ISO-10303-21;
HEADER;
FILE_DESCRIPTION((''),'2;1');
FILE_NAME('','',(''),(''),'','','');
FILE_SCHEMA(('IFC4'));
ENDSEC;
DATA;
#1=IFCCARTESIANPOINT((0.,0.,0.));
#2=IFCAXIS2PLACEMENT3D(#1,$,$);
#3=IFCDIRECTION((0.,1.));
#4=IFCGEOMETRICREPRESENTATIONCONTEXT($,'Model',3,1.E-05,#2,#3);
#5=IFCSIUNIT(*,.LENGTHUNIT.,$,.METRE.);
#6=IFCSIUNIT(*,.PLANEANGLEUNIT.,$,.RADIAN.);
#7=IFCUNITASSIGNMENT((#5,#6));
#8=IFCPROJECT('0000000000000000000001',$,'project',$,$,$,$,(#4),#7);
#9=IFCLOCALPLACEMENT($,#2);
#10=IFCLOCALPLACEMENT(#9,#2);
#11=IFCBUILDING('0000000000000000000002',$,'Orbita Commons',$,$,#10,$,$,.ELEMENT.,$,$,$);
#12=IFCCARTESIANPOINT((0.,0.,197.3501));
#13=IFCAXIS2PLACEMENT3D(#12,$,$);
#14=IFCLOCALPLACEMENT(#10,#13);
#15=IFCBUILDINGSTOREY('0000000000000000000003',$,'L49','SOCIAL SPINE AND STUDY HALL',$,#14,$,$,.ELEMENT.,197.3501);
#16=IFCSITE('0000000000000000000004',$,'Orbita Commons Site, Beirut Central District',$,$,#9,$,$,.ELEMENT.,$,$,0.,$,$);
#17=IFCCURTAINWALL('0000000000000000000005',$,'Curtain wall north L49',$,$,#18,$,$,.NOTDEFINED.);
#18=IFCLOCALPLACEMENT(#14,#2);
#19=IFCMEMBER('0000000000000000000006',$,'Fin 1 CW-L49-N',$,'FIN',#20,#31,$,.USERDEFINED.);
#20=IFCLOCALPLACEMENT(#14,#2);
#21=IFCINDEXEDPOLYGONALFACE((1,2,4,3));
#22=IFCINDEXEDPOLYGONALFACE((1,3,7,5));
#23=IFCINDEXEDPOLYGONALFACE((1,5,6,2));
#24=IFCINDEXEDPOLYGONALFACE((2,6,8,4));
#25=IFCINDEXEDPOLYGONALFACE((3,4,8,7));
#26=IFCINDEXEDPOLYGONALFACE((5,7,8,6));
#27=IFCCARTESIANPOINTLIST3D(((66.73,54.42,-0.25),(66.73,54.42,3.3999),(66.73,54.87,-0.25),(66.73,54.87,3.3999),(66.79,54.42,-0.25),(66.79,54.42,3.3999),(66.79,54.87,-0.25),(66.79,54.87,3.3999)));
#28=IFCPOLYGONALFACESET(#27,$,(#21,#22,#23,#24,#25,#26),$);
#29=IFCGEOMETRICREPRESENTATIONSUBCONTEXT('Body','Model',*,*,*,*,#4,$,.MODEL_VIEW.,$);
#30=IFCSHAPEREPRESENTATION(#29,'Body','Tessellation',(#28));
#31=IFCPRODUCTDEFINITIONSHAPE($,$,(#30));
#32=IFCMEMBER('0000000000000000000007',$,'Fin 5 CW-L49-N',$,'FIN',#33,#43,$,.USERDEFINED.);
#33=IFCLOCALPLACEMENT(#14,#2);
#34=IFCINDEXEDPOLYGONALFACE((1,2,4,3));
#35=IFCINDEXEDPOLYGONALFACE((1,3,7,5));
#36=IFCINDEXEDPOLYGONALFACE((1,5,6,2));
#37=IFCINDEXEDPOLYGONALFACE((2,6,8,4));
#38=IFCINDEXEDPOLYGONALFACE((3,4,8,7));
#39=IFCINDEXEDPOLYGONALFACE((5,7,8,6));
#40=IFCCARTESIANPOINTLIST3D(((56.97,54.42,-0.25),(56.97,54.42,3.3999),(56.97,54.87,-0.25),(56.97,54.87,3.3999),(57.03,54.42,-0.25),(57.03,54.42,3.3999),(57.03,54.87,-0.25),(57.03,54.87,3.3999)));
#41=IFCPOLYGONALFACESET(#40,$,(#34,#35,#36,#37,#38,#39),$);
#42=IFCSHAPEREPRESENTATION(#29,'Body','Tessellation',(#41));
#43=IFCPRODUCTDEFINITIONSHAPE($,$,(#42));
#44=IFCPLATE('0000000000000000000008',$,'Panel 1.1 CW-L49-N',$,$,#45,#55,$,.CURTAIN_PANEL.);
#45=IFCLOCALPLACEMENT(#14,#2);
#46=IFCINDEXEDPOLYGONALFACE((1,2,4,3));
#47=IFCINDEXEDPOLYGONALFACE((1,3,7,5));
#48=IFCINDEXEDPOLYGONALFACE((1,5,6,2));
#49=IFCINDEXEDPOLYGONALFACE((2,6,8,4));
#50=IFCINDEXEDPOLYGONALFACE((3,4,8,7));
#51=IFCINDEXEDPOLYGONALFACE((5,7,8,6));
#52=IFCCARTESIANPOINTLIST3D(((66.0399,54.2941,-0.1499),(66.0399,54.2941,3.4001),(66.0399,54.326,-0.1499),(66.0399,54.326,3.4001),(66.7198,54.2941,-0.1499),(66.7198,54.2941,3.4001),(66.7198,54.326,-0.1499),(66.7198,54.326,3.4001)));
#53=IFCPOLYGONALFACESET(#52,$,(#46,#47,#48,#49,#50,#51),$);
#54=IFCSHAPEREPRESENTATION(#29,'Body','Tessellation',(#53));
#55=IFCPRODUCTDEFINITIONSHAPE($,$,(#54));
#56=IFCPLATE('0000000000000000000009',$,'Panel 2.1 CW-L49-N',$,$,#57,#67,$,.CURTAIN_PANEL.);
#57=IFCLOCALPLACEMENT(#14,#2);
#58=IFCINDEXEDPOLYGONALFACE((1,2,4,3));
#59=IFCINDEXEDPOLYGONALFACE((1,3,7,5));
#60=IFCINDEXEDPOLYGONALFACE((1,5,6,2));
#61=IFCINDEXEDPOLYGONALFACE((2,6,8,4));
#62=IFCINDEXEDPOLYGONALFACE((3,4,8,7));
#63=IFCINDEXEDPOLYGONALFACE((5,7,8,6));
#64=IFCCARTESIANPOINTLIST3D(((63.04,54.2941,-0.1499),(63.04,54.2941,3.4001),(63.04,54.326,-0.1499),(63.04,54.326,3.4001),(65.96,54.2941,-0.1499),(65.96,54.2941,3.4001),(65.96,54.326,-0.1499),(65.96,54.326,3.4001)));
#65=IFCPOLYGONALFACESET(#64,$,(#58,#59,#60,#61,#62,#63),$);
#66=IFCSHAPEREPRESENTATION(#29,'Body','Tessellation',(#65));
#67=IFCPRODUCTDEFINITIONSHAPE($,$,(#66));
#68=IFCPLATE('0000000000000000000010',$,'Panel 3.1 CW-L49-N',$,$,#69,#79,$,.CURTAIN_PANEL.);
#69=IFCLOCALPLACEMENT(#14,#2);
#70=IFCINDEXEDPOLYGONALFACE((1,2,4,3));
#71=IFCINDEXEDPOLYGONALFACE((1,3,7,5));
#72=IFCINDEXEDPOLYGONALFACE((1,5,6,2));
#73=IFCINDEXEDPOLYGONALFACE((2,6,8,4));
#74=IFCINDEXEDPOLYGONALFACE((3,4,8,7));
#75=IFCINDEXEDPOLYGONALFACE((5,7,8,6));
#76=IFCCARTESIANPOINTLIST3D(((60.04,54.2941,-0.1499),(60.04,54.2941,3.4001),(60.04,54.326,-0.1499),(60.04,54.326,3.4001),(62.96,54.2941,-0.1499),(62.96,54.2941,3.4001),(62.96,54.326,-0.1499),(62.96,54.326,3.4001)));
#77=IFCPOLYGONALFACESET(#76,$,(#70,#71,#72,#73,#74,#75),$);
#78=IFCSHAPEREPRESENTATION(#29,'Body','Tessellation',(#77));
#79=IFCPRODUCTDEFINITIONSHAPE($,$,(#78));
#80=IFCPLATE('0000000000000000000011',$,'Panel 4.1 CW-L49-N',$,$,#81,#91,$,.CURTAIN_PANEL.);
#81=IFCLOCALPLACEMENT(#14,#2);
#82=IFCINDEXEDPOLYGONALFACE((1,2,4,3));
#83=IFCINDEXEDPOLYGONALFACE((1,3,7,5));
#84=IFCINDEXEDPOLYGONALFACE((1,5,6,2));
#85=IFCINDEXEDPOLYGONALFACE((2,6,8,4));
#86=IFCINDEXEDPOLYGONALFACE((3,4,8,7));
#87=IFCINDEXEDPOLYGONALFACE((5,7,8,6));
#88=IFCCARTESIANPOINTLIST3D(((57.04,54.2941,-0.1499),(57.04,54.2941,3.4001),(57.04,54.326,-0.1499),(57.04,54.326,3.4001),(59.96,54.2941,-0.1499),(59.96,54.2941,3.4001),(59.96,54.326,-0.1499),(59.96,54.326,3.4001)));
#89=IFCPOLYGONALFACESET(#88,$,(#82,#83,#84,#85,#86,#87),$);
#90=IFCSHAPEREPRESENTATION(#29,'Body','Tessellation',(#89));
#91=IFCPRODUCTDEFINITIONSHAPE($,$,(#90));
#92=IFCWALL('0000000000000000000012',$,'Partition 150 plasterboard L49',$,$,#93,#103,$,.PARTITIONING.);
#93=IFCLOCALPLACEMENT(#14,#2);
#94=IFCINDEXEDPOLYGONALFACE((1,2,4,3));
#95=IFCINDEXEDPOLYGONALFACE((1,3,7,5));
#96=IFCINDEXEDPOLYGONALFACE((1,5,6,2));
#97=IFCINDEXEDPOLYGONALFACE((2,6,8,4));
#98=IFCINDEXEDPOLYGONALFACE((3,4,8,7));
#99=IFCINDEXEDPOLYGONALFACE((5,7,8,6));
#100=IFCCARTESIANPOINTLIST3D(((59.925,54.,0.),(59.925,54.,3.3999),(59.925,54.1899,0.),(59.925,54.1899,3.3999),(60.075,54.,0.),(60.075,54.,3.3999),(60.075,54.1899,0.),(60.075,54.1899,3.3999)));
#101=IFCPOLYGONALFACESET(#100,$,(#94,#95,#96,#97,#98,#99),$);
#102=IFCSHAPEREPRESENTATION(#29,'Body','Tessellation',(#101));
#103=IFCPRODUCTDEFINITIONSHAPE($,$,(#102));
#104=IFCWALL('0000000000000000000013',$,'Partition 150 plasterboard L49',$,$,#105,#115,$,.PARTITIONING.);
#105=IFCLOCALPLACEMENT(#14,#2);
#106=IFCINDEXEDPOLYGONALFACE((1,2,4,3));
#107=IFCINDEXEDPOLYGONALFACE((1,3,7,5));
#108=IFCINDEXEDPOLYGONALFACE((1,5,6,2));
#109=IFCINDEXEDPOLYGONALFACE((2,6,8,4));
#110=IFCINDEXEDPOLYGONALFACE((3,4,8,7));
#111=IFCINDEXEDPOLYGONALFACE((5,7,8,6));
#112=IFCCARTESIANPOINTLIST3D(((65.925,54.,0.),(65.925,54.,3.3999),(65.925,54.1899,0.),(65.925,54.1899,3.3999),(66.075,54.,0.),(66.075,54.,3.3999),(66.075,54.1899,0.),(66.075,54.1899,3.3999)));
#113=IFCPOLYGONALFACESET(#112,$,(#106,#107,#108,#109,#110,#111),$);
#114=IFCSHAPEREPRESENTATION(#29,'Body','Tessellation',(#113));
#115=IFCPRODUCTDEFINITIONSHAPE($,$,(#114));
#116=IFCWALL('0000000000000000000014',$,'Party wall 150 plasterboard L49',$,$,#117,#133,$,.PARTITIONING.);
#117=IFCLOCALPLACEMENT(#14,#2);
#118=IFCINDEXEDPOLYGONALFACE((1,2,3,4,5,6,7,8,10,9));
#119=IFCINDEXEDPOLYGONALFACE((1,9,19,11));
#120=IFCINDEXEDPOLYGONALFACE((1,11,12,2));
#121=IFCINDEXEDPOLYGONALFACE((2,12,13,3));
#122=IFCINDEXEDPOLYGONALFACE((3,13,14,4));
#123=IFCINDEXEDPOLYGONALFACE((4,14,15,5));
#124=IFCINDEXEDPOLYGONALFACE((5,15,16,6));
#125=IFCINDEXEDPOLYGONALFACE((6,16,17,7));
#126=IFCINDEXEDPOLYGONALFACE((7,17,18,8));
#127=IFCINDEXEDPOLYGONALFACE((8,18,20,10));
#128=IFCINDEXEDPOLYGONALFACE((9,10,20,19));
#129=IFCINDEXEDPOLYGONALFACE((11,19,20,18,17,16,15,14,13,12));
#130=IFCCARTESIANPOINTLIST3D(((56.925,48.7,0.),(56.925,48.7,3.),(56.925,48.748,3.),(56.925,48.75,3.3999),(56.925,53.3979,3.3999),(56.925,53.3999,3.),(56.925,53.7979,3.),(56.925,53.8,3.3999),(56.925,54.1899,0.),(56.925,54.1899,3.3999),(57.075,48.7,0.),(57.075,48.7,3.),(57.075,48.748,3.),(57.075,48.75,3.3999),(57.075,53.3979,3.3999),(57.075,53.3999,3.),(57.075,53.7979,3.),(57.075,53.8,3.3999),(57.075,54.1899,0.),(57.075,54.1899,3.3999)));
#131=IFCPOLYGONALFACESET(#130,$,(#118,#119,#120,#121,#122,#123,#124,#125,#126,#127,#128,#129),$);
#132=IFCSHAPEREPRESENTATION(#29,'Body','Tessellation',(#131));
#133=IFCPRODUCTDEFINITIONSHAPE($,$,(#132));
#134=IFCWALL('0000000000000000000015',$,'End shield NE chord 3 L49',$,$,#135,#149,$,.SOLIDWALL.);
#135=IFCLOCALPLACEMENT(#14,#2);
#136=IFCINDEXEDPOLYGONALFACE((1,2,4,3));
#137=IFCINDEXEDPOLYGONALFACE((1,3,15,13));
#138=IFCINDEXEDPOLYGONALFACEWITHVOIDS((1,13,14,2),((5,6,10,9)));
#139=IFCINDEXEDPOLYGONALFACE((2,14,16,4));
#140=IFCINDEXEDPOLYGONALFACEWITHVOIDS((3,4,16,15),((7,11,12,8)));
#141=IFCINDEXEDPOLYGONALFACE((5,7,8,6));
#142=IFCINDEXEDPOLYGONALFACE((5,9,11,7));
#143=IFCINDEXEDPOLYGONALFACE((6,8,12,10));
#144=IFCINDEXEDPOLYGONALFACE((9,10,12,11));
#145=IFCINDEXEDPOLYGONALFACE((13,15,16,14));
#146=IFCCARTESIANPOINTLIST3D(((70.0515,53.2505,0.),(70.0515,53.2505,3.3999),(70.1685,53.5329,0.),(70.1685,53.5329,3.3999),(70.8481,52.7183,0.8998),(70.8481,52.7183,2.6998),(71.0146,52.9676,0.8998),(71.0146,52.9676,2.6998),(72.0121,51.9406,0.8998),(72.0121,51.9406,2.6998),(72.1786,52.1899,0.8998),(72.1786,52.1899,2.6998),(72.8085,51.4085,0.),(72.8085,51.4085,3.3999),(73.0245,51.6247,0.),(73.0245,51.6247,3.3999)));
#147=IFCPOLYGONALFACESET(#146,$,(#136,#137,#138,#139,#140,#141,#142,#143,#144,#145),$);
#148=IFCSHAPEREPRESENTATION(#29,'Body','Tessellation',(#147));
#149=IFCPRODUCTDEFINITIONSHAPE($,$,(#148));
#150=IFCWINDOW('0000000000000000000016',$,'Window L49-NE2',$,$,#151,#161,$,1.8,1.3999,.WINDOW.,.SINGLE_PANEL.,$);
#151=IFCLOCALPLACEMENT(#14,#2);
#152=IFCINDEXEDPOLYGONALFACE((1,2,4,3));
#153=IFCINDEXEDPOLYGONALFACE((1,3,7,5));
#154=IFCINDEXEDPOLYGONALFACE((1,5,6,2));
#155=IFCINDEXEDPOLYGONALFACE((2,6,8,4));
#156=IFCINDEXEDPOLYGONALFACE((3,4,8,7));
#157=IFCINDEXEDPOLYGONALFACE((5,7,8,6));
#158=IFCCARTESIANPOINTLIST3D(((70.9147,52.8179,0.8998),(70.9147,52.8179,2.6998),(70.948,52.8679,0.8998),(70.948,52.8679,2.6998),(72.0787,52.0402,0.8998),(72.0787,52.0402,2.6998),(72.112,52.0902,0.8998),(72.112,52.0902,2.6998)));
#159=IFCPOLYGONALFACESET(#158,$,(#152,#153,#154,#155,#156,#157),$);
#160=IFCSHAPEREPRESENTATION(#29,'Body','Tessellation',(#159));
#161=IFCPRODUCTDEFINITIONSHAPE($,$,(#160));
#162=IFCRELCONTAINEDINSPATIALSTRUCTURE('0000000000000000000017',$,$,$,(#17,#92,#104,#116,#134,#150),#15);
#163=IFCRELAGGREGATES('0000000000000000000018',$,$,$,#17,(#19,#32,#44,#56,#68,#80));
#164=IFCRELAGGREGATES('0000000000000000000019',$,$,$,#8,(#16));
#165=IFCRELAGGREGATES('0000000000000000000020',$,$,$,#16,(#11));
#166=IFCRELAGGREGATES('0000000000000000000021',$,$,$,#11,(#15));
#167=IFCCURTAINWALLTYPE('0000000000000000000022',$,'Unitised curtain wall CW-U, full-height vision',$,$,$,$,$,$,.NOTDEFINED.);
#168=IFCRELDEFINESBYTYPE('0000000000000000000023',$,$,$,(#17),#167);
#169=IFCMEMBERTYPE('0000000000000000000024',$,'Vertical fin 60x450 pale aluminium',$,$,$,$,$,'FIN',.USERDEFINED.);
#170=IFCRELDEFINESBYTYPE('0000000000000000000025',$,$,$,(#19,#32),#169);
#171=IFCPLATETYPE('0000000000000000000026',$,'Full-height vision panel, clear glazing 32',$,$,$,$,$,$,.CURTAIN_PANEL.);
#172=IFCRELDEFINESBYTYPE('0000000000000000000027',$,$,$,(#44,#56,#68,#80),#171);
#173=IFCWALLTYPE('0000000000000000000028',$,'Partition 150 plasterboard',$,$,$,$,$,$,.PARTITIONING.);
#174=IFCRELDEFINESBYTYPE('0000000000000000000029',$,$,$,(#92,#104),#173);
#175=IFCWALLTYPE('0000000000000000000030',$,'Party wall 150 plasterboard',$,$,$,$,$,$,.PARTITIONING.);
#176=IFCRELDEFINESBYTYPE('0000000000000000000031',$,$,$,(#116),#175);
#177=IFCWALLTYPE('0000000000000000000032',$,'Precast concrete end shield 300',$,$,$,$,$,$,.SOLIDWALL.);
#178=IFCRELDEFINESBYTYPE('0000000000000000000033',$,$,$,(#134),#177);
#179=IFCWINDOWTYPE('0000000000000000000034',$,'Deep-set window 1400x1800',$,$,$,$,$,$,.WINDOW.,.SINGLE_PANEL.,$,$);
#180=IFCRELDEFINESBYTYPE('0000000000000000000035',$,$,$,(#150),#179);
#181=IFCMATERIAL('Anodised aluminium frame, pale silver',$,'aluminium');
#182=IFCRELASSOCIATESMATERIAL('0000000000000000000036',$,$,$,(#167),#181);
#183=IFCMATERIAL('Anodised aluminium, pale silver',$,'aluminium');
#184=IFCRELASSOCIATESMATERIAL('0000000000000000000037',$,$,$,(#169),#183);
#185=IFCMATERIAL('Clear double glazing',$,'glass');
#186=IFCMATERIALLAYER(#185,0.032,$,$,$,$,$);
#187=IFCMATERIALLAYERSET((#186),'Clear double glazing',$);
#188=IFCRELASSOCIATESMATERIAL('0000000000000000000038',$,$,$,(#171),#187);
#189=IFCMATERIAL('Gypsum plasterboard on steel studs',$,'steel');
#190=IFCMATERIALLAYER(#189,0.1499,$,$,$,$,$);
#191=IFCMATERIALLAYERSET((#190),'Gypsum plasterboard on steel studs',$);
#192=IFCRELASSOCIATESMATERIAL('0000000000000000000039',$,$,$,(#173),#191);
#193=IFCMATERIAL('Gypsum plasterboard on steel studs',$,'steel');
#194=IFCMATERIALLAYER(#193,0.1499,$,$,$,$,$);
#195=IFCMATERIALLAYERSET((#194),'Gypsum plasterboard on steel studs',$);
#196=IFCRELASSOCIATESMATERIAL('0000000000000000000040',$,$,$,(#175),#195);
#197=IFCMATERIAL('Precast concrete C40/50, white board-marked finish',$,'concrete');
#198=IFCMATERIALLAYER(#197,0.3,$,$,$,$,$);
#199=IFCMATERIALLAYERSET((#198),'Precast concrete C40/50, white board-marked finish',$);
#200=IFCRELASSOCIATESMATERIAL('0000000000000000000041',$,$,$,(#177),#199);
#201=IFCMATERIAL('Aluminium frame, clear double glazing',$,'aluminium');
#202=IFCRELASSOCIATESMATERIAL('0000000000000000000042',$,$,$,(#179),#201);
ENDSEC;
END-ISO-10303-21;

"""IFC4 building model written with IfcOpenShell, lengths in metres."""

from ifc_helpers import new_model, si_unit, direction, frame, frame_2d, origin, origin_2d, place, context, subcontext, project, spatial, polyline, rectangle, outline, extrude, material, layer, layer_set, material_profile, profile_set, type_object, element, fill, aggregate, save


model = new_model("IFC4")

# Units and contexts
model_context = context("Model", 3, precision=1e-05, world=origin(), true_north=direction((0.0, 1.0)))
body_context = subcontext(model_context, "Body", "Model", "MODEL_VIEW")
ifc_project = project(units=[si_unit("LENGTHUNIT", "METRE"), si_unit("PLANEANGLEUNIT", "RADIAN")], contexts=[model_context])

# Site, building, storey
site_placement = place(None, origin())
site = spatial("IfcSite", under=ifc_project, at=site_placement, Name="Orbita Commons Site, Beirut Central District", CompositionType="ELEMENT", RefElevation=0.0)
building_placement = place(site_placement, origin())
building = spatial("IfcBuilding", under=site, at=building_placement, Name="Orbita Commons", CompositionType="ELEMENT")
storey_placement = place(building_placement, frame((0.0, 0.0, 197.3501)))
storey = spatial("IfcBuildingStorey", under=building, at=storey_placement, Name="L49", Description="SOCIAL SPINE AND STUDY HALL", CompositionType="ELEMENT", Elevation=197.3501)

# Curtain wall
ifc_material_1 = material(Name="Anodised aluminium frame, pale silver", Category="aluminium")
curtain_wall_type = type_object("IfcCurtainWallType", Name="Unitised curtain wall CW-U, full-height vision", PredefinedType="NOTDEFINED", material=ifc_material_1)
curtain_wall_placement = place(storey_placement, origin())
curtain_wall = element("IfcCurtainWall", 1, at=curtain_wall_placement, inside=storey, type_object=curtain_wall_type, Name="Curtain wall north L49", PredefinedType="NOTDEFINED")

# Members
ifc_material_2 = material(Name="Anodised aluminium, pale silver", Category="aluminium")
ifc_material_profile_1 = material_profile(ifc_material_2, rectangle(XDim=0.0601, YDim=0.45, at=origin_2d()), Name="FIN 60x450")
ifc_profile_set_1 = profile_set([ifc_material_profile_1], Name="Anodised aluminium, pale silver")
member_type_1 = type_object("IfcMemberType", Name="Vertical fin 60x450 pale aluminium", ElementType="FIN", PredefinedType="USERDEFINED", material=ifc_profile_set_1)
member_1_placement = place(storey_placement, frame((66.76, 54.645, -0.25), z_axis=(0.0, 0.0, 1.0), x_axis=(-1.0, 0.0, 0.0)))
member_1 = element("IfcMember", 2, at=member_1_placement, type_object=member_type_1, Name="Fin 1 CW-L49-N", ObjectType="FIN", PredefinedType="USERDEFINED", context=body_context, shape_type="SweptSolid", body=[
    extrude(rectangle(XDim=0.0601, YDim=0.45, at=origin_2d()), origin(), (0.0, 0.0, 1.0), 3.6499),
])
member_2_placement = place(storey_placement, frame((57.0, 54.645, -0.25), z_axis=(0.0, 0.0, 1.0), x_axis=(-1.0, 0.0, 0.0)))
member_2 = element("IfcMember", 3, at=member_2_placement, type_object=member_type_1, Name="Fin 5 CW-L49-N", ObjectType="FIN", PredefinedType="USERDEFINED", context=body_context, shape_type="SweptSolid", body=[
    extrude(rectangle(XDim=0.0601, YDim=0.45, at=origin_2d()), origin(), (0.0, 0.0, 1.0), 3.6499),
])

# Plates
ifc_material_3 = material(Name="Clear double glazing", Category="glass")
ifc_layer_1 = layer(ifc_material_3, 0.032)
ifc_layer_set_1 = layer_set([ifc_layer_1], Name="Clear double glazing")
plate_type = type_object("IfcPlateType", Name="Full-height vision panel, clear glazing 32", PredefinedType="CURTAIN_PANEL", material=ifc_layer_set_1)
plate_1_placement = place(storey_placement, frame((66.3799, 54.3101, -0.1499), z_axis=(0.0, 0.0, 1.0), x_axis=(-1.0, 0.0, 0.0)))
plate_1 = element("IfcPlate", 4, at=plate_1_placement, type_object=plate_type, Name="Panel 1.1 CW-L49-N", PredefinedType="CURTAIN_PANEL", context=body_context, shape_type="SweptSolid", body=[
    extrude(rectangle(XDim=0.6799, YDim=0.032, at=origin_2d()), origin(), (0.0, 0.0, 1.0), 3.55),
])
plate_2_placement = place(storey_placement, frame((64.5, 54.3101, -0.1499), z_axis=(0.0, 0.0, 1.0), x_axis=(-1.0, 0.0, 0.0)))
plate_2 = element("IfcPlate", 5, at=plate_2_placement, type_object=plate_type, Name="Panel 2.1 CW-L49-N", PredefinedType="CURTAIN_PANEL", context=body_context, shape_type="SweptSolid", body=[
    extrude(rectangle(XDim=2.9199, YDim=0.032, at=origin_2d()), origin(), (0.0, 0.0, 1.0), 3.55),
])
plate_3_placement = place(storey_placement, frame((61.5, 54.3101, -0.1499), z_axis=(0.0, 0.0, 1.0), x_axis=(-1.0, 0.0, 0.0)))
plate_3 = element("IfcPlate", 6, at=plate_3_placement, type_object=plate_type, Name="Panel 3.1 CW-L49-N", PredefinedType="CURTAIN_PANEL", context=body_context, shape_type="SweptSolid", body=[
    extrude(rectangle(XDim=2.9199, YDim=0.032, at=origin_2d()), origin(), (0.0, 0.0, 1.0), 3.55),
])
plate_4_placement = place(storey_placement, frame((58.5, 54.3101, -0.1499), z_axis=(0.0, 0.0, 1.0), x_axis=(-1.0, 0.0, 0.0)))
plate_4 = element("IfcPlate", 7, at=plate_4_placement, type_object=plate_type, Name="Panel 4.1 CW-L49-N", PredefinedType="CURTAIN_PANEL", context=body_context, shape_type="SweptSolid", body=[
    extrude(rectangle(XDim=2.9199, YDim=0.032, at=origin_2d()), origin(), (0.0, 0.0, 1.0), 3.55),
])
aggregate(curtain_wall, [member_1, member_2, plate_1, plate_2, plate_3, plate_4])

# Walls
ifc_material_4 = material(Name="Gypsum plasterboard on steel studs", Category="steel")
ifc_layer_2 = layer(ifc_material_4, 0.1499)
ifc_layer_set_2 = layer_set([ifc_layer_2], Name="Gypsum plasterboard on steel studs")
wall_type_1 = type_object("IfcWallType", Name="Partition 150 plasterboard", PredefinedType="PARTITIONING", material=ifc_layer_set_2)
for number, where, z_axis, x_axis, name in (
    (8, (60.0, 54.0, 0.0), (0.0, 0.0, 1.0), (0.0, 1.0, 0.0), "Partition 150 plasterboard L49"),
    (9, (66.0, 54.0, 0.0), (0.0, 0.0, 1.0), (0.0, 1.0, 0.0), "Partition 150 plasterboard L49"),
):
    element("IfcWall", number, at=place(storey_placement, frame(where, z_axis=z_axis, x_axis=x_axis)), inside=storey, type_object=wall_type_1, Name=name, PredefinedType="PARTITIONING", context=body_context, shape_type="SweptSolid", body=[
        extrude(rectangle(XDim=0.1899, YDim=0.1499, at=frame_2d((0.095, 0.0))), origin(), (0.0, 0.0, 1.0), 3.3999),
    ])
ifc_material_5 = material(Name="Gypsum plasterboard on steel studs", Category="steel")
ifc_layer_3 = layer(ifc_material_5, 0.1499)
ifc_layer_set_3 = layer_set([ifc_layer_3], Name="Gypsum plasterboard on steel studs")
wall_type_2 = type_object("IfcWallType", Name="Party wall 150 plasterboard", PredefinedType="PARTITIONING", material=ifc_layer_set_3)
wall_1_placement = place(storey_placement, frame((57.0, 54.1899, 0.0), z_axis=(0.0, 0.0, 1.0), x_axis=(0.0, -1.0, 0.0)))
element("IfcWall", 10, at=wall_1_placement, inside=storey, type_object=wall_type_2, Name="Party wall 150 plasterboard L49", PredefinedType="PARTITIONING", context=body_context, shape_type="SweptSolid", body=[
    extrude(outline(polyline([(0.0, 0.0), (5.49, 0.0), (5.49, 3.0), (5.4419, 3.0), (5.4399, 3.3999), (0.792, 3.3999), (0.79, 3.0), (0.3921, 3.0), (0.3899, 3.3999), (0.0, 3.3999), (0.0, 0.0)])), frame((0.0, 0.075, 0.0), z_axis=(0.0, -1.0, 0.0), x_axis=(1.0, 0.0, 0.0)), (0.0, 0.0, 1.0), 0.1499),
])

# Wall, opening, window
ifc_material_6 = material(Name="Precast concrete C40/50, white board-marked finish", Category="concrete")
ifc_layer_4 = layer(ifc_material_6, 0.3)
ifc_layer_set_4 = layer_set([ifc_layer_4], Name="Precast concrete C40/50, white board-marked finish")
wall_type_3 = type_object("IfcWallType", Name="Precast concrete end shield 300", PredefinedType="SOLIDWALL", material=ifc_layer_set_4)
wall_2_placement = place(storey_placement, frame((72.9165, 51.5166, 0.0), z_axis=(0.0, 0.0, 1.0), x_axis=(-0.831493, 0.555535, 0.0)))
wall_2 = element("IfcWall", 11, at=wall_2_placement, inside=storey, type_object=wall_type_3, Name="End shield NE chord 3 L49", PredefinedType="SOLIDWALL", context=body_context, shape_type="SweptSolid", body=[
    extrude(outline(polyline([(-0.0298, -0.1499), (3.405, -0.1499), (3.3455, 0.1499), (0.0298, 0.1499), (-0.0298, -0.1499)])), origin(), (0.0, 0.0, 1.0), 3.3999),
])
opening_1_placement = place(wall_2_placement, frame((0.9875, 0.0, 0.8999)))
opening_1 = element("IfcOpeningElement", 12, at=opening_1_placement, cuts=wall_2, PredefinedType="OPENING", context=body_context, shape_type="SweptSolid", body=[
    extrude(rectangle(XDim=1.3999, YDim=1.8, at=frame_2d((0.7, 0.8999))), frame((0.0, 0.1599, 0.0), z_axis=(0.0, -1.0, 0.0), x_axis=(1.0, 0.0, 0.0)), (0.0, 0.0, 1.0), 0.3201),
])
ifc_material_7 = material(Name="Aluminium frame, clear double glazing", Category="aluminium")
window_type = type_object("IfcWindowType", Name="Deep-set window 1400x1800", PartitioningType="SINGLE_PANEL", PredefinedType="WINDOW", material=ifc_material_7)
window_1_placement = place(opening_1_placement, origin())
window_1 = element("IfcWindow", 13, at=window_1_placement, inside=storey, type_object=window_type, Name="Window L49-NE2", OverallHeight=1.8, OverallWidth=1.3999, PartitioningType="SINGLE_PANEL", PredefinedType="WINDOW", context=body_context, shape_type="SweptSolid", body=[
    extrude(rectangle(XDim=1.3999, YDim=1.8, at=frame_2d((0.7, 0.8999))), frame((0.0, 0.03, 0.0), z_axis=(0.0, -1.0, 0.0), x_axis=(1.0, 0.0, 0.0)), (0.0, 0.0, 1.0), 0.0601),
])
fill(opening_1, window_1)

save(model, "model.ifc")
